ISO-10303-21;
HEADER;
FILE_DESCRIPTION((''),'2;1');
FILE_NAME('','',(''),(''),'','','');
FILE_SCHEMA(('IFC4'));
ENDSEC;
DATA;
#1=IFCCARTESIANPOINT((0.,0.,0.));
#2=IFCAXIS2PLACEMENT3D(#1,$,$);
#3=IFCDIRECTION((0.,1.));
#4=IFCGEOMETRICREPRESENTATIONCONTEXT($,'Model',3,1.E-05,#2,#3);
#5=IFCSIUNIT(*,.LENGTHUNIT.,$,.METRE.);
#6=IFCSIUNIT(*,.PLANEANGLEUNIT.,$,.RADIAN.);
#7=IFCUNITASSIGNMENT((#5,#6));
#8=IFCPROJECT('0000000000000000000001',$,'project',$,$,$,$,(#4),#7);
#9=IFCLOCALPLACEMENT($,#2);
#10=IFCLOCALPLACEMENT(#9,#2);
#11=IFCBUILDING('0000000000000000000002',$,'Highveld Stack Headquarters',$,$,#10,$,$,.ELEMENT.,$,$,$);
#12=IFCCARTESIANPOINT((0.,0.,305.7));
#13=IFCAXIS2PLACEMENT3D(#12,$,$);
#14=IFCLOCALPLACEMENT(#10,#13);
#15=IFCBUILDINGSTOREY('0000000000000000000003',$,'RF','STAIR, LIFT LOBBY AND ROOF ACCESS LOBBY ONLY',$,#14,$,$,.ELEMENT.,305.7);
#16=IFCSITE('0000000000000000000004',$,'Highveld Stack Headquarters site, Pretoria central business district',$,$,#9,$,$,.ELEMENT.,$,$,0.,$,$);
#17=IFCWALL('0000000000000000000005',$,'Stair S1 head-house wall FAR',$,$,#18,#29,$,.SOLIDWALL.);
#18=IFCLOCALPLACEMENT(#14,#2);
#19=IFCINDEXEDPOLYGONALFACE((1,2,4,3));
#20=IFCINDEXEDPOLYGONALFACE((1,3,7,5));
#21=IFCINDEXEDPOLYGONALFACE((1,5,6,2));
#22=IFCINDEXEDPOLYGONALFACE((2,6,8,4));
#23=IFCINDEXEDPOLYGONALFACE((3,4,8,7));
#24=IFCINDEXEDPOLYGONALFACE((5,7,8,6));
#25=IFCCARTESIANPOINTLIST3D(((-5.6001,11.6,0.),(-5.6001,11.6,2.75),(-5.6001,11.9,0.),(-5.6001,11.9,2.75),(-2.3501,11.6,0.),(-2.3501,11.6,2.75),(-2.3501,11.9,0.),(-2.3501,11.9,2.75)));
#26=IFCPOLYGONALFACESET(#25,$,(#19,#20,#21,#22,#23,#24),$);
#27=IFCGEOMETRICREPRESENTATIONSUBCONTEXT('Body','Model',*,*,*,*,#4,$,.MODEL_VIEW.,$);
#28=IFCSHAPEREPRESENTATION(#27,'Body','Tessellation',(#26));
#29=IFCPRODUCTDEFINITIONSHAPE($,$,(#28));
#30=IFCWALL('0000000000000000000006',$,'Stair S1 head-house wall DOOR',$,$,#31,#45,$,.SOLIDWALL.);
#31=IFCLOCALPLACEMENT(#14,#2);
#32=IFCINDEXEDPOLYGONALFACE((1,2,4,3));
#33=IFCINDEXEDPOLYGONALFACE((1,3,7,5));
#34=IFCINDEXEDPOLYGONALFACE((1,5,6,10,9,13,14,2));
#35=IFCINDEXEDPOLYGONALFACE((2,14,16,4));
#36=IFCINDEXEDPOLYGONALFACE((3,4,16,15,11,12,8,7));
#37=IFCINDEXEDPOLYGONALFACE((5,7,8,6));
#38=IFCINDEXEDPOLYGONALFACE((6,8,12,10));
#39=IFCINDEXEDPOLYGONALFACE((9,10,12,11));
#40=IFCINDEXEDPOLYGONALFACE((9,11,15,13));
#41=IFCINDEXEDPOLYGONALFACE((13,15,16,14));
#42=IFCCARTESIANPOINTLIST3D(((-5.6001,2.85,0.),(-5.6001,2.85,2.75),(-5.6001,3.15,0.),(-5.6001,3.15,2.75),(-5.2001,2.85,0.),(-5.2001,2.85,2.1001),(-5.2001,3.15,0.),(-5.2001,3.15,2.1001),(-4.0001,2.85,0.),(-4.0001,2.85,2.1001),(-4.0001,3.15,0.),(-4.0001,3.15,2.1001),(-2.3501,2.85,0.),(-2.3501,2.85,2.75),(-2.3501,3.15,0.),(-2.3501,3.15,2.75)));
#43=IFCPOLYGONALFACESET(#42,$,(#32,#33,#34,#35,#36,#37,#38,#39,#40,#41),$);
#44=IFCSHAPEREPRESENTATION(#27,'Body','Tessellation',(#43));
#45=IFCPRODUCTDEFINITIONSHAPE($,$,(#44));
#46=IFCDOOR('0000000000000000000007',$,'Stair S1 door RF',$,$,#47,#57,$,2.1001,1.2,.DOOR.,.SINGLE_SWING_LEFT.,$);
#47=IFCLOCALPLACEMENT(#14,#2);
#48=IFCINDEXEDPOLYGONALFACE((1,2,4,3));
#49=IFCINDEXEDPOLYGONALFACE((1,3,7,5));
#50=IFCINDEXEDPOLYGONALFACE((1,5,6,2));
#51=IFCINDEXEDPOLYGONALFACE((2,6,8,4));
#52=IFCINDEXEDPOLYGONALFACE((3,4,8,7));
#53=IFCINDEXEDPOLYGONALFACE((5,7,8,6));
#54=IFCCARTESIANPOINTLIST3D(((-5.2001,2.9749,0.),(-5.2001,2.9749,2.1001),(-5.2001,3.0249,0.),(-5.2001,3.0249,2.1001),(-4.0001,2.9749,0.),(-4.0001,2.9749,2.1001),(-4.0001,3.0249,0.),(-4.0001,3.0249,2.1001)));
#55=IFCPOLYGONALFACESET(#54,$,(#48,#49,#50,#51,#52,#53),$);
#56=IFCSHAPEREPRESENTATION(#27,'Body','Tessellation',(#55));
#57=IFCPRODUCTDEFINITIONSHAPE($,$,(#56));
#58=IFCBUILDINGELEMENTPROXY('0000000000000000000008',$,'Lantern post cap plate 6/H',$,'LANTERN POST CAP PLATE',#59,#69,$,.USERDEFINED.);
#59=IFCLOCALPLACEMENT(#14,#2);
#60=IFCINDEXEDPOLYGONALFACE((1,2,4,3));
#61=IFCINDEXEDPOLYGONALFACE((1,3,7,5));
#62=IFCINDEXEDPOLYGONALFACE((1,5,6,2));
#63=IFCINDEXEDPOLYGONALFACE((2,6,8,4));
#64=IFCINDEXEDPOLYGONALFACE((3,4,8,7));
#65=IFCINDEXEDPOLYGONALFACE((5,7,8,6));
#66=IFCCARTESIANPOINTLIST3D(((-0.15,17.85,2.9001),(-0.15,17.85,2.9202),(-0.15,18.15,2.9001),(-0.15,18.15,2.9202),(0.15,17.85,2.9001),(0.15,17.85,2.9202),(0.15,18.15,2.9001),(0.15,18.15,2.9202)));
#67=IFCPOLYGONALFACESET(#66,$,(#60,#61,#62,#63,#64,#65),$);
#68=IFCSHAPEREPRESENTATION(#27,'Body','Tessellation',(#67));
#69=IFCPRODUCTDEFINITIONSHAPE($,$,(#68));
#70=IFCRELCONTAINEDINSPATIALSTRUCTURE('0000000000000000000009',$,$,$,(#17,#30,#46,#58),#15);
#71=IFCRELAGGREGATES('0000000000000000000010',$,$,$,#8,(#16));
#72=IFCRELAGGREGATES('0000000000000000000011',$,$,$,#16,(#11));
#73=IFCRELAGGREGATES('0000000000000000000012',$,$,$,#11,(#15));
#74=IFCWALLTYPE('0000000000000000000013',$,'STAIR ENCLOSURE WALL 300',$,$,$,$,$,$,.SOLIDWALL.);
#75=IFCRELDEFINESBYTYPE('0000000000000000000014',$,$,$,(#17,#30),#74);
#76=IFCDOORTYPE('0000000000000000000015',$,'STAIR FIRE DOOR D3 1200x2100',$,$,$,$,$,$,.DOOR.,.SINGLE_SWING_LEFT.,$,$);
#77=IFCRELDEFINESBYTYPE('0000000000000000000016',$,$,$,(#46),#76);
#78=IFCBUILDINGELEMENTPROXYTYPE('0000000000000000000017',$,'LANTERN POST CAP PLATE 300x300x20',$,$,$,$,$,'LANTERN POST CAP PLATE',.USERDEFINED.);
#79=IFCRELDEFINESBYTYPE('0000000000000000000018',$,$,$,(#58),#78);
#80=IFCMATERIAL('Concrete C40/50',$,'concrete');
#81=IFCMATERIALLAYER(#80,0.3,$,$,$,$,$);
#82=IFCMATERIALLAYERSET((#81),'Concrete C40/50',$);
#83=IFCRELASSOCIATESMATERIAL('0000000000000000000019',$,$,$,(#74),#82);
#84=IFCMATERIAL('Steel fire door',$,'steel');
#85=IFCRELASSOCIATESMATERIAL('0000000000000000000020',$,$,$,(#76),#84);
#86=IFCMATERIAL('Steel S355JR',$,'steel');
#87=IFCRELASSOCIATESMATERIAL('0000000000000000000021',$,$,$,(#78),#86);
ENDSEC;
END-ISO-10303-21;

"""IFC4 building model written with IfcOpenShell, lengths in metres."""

from ifc_helpers import new_model, si_unit, direction, frame, frame_2d, origin, origin_2d, place, context, subcontext, project, spatial, rectangle, extrude, material, layer, layer_set, type_object, element, fill, save


model = new_model("IFC4")

# Units and contexts
model_context = context("Model", 3, precision=1e-05, world=origin(), true_north=direction((0.0, 1.0)))
body_context = subcontext(model_context, "Body", "Model", "MODEL_VIEW")
ifc_project = project(units=[si_unit("LENGTHUNIT", "METRE"), si_unit("PLANEANGLEUNIT", "RADIAN")], contexts=[model_context])

# Site, building, storey
site_placement = place(None, origin())
site = spatial("IfcSite", under=ifc_project, at=site_placement, Name="Highveld Stack Headquarters site, Pretoria central business district", CompositionType="ELEMENT", RefElevation=0.0)
building_placement = place(site_placement, origin())
building = spatial("IfcBuilding", under=site, at=building_placement, Name="Highveld Stack Headquarters", CompositionType="ELEMENT")
storey_placement = place(building_placement, frame((0.0, 0.0, 305.7)))
storey = spatial("IfcBuildingStorey", under=building, at=storey_placement, Name="RF", Description="STAIR, LIFT LOBBY AND ROOF ACCESS LOBBY ONLY", CompositionType="ELEMENT", Elevation=305.7)

# Wall
ifc_material_1 = material(Name="Concrete C40/50", Category="concrete")
ifc_layer_1 = layer(ifc_material_1, 0.3)
ifc_layer_set_1 = layer_set([ifc_layer_1], Name="Concrete C40/50")
wall_type_1 = type_object("IfcWallType", Name="STAIR ENCLOSURE WALL 300", PredefinedType="SOLIDWALL", material=ifc_layer_set_1)
wall_1_placement = place(storey_placement, frame((-5.6001, 11.75, 0.0), z_axis=(0.0, 0.0, 1.0), x_axis=(1.0, 0.0, 0.0)))
element("IfcWall", 1, at=wall_1_placement, inside=storey, type_object=wall_type_1, Name="Stair S1 head-house wall FAR", PredefinedType="SOLIDWALL", context=body_context, shape_type="SweptSolid", body=[
    extrude(rectangle(XDim=3.25, YDim=0.3, at=frame_2d((1.625, 0.0))), origin(), (0.0, 0.0, 1.0), 2.75),
])

# Wall, opening, door
wall_2_placement = place(storey_placement, frame((-5.6001, 3.0, 0.0), z_axis=(0.0, 0.0, 1.0), x_axis=(1.0, 0.0, 0.0)))
wall_2 = element("IfcWall", 2, at=wall_2_placement, inside=storey, type_object=wall_type_1, Name="Stair S1 head-house wall DOOR", PredefinedType="SOLIDWALL", context=body_context, shape_type="SweptSolid", body=[
    extrude(rectangle(XDim=3.25, YDim=0.3, at=frame_2d((1.625, 0.0))), origin(), (0.0, 0.0, 1.0), 2.75),
])
opening_1_placement = place(wall_2_placement, frame((0.3999, 0.0, 0.0)))
opening_1 = element("IfcOpeningElement", 3, at=opening_1_placement, cuts=wall_2, PredefinedType="OPENING", context=body_context, shape_type="SweptSolid", body=[
    extrude(rectangle(XDim=1.2, YDim=2.1001, at=frame_2d((0.6001, 1.05))), frame((0.0, 0.1599, 0.0), z_axis=(0.0, -1.0, 0.0), x_axis=(1.0, 0.0, 0.0)), (0.0, 0.0, 1.0), 0.3201),
])
ifc_material_2 = material(Name="Steel fire door", Category="steel")
door_type_1 = type_object("IfcDoorType", Name="STAIR FIRE DOOR D3 1200x2100", OperationType="SINGLE_SWING_LEFT", PredefinedType="DOOR", material=ifc_material_2)
door_1_placement = place(opening_1_placement, origin())
door_1 = element("IfcDoor", 4, at=door_1_placement, inside=storey, type_object=door_type_1, Name="Stair S1 door RF", OperationType="SINGLE_SWING_LEFT", OverallHeight=2.1001, OverallWidth=1.2, PredefinedType="DOOR", context=body_context, shape_type="SweptSolid", body=[
    extrude(rectangle(XDim=1.2, YDim=2.1001, at=frame_2d((0.6001, 1.05))), frame((0.0, 0.0249, 0.0), z_axis=(0.0, -1.0, 0.0), x_axis=(1.0, 0.0, 0.0)), (0.0, 0.0, 1.0), 0.05),
])
fill(opening_1, door_1)

# Building element proxy
ifc_material_3 = material(Name="Steel S355JR", Category="steel")
building_element_proxy_type = type_object("IfcBuildingElementProxyType", Name="LANTERN POST CAP PLATE 300x300x20", ElementType="LANTERN POST CAP PLATE", PredefinedType="USERDEFINED", material=ifc_material_3)
proxy_placement = place(storey_placement, frame((0.0, 18.0, 2.9001), z_axis=(0.0, 0.0, 1.0), x_axis=(1.0, 0.0, 0.0)))
element("IfcBuildingElementProxy", 5, at=proxy_placement, inside=storey, type_object=building_element_proxy_type, Name="Lantern post cap plate 6/H", ObjectType="LANTERN POST CAP PLATE", PredefinedType="USERDEFINED", context=body_context, shape_type="SweptSolid", body=[
    extrude(rectangle(XDim=0.3, YDim=0.3, at=origin_2d()), origin(), (0.0, 0.0, 1.0), 0.02),
])

save(model, "model.ifc")
